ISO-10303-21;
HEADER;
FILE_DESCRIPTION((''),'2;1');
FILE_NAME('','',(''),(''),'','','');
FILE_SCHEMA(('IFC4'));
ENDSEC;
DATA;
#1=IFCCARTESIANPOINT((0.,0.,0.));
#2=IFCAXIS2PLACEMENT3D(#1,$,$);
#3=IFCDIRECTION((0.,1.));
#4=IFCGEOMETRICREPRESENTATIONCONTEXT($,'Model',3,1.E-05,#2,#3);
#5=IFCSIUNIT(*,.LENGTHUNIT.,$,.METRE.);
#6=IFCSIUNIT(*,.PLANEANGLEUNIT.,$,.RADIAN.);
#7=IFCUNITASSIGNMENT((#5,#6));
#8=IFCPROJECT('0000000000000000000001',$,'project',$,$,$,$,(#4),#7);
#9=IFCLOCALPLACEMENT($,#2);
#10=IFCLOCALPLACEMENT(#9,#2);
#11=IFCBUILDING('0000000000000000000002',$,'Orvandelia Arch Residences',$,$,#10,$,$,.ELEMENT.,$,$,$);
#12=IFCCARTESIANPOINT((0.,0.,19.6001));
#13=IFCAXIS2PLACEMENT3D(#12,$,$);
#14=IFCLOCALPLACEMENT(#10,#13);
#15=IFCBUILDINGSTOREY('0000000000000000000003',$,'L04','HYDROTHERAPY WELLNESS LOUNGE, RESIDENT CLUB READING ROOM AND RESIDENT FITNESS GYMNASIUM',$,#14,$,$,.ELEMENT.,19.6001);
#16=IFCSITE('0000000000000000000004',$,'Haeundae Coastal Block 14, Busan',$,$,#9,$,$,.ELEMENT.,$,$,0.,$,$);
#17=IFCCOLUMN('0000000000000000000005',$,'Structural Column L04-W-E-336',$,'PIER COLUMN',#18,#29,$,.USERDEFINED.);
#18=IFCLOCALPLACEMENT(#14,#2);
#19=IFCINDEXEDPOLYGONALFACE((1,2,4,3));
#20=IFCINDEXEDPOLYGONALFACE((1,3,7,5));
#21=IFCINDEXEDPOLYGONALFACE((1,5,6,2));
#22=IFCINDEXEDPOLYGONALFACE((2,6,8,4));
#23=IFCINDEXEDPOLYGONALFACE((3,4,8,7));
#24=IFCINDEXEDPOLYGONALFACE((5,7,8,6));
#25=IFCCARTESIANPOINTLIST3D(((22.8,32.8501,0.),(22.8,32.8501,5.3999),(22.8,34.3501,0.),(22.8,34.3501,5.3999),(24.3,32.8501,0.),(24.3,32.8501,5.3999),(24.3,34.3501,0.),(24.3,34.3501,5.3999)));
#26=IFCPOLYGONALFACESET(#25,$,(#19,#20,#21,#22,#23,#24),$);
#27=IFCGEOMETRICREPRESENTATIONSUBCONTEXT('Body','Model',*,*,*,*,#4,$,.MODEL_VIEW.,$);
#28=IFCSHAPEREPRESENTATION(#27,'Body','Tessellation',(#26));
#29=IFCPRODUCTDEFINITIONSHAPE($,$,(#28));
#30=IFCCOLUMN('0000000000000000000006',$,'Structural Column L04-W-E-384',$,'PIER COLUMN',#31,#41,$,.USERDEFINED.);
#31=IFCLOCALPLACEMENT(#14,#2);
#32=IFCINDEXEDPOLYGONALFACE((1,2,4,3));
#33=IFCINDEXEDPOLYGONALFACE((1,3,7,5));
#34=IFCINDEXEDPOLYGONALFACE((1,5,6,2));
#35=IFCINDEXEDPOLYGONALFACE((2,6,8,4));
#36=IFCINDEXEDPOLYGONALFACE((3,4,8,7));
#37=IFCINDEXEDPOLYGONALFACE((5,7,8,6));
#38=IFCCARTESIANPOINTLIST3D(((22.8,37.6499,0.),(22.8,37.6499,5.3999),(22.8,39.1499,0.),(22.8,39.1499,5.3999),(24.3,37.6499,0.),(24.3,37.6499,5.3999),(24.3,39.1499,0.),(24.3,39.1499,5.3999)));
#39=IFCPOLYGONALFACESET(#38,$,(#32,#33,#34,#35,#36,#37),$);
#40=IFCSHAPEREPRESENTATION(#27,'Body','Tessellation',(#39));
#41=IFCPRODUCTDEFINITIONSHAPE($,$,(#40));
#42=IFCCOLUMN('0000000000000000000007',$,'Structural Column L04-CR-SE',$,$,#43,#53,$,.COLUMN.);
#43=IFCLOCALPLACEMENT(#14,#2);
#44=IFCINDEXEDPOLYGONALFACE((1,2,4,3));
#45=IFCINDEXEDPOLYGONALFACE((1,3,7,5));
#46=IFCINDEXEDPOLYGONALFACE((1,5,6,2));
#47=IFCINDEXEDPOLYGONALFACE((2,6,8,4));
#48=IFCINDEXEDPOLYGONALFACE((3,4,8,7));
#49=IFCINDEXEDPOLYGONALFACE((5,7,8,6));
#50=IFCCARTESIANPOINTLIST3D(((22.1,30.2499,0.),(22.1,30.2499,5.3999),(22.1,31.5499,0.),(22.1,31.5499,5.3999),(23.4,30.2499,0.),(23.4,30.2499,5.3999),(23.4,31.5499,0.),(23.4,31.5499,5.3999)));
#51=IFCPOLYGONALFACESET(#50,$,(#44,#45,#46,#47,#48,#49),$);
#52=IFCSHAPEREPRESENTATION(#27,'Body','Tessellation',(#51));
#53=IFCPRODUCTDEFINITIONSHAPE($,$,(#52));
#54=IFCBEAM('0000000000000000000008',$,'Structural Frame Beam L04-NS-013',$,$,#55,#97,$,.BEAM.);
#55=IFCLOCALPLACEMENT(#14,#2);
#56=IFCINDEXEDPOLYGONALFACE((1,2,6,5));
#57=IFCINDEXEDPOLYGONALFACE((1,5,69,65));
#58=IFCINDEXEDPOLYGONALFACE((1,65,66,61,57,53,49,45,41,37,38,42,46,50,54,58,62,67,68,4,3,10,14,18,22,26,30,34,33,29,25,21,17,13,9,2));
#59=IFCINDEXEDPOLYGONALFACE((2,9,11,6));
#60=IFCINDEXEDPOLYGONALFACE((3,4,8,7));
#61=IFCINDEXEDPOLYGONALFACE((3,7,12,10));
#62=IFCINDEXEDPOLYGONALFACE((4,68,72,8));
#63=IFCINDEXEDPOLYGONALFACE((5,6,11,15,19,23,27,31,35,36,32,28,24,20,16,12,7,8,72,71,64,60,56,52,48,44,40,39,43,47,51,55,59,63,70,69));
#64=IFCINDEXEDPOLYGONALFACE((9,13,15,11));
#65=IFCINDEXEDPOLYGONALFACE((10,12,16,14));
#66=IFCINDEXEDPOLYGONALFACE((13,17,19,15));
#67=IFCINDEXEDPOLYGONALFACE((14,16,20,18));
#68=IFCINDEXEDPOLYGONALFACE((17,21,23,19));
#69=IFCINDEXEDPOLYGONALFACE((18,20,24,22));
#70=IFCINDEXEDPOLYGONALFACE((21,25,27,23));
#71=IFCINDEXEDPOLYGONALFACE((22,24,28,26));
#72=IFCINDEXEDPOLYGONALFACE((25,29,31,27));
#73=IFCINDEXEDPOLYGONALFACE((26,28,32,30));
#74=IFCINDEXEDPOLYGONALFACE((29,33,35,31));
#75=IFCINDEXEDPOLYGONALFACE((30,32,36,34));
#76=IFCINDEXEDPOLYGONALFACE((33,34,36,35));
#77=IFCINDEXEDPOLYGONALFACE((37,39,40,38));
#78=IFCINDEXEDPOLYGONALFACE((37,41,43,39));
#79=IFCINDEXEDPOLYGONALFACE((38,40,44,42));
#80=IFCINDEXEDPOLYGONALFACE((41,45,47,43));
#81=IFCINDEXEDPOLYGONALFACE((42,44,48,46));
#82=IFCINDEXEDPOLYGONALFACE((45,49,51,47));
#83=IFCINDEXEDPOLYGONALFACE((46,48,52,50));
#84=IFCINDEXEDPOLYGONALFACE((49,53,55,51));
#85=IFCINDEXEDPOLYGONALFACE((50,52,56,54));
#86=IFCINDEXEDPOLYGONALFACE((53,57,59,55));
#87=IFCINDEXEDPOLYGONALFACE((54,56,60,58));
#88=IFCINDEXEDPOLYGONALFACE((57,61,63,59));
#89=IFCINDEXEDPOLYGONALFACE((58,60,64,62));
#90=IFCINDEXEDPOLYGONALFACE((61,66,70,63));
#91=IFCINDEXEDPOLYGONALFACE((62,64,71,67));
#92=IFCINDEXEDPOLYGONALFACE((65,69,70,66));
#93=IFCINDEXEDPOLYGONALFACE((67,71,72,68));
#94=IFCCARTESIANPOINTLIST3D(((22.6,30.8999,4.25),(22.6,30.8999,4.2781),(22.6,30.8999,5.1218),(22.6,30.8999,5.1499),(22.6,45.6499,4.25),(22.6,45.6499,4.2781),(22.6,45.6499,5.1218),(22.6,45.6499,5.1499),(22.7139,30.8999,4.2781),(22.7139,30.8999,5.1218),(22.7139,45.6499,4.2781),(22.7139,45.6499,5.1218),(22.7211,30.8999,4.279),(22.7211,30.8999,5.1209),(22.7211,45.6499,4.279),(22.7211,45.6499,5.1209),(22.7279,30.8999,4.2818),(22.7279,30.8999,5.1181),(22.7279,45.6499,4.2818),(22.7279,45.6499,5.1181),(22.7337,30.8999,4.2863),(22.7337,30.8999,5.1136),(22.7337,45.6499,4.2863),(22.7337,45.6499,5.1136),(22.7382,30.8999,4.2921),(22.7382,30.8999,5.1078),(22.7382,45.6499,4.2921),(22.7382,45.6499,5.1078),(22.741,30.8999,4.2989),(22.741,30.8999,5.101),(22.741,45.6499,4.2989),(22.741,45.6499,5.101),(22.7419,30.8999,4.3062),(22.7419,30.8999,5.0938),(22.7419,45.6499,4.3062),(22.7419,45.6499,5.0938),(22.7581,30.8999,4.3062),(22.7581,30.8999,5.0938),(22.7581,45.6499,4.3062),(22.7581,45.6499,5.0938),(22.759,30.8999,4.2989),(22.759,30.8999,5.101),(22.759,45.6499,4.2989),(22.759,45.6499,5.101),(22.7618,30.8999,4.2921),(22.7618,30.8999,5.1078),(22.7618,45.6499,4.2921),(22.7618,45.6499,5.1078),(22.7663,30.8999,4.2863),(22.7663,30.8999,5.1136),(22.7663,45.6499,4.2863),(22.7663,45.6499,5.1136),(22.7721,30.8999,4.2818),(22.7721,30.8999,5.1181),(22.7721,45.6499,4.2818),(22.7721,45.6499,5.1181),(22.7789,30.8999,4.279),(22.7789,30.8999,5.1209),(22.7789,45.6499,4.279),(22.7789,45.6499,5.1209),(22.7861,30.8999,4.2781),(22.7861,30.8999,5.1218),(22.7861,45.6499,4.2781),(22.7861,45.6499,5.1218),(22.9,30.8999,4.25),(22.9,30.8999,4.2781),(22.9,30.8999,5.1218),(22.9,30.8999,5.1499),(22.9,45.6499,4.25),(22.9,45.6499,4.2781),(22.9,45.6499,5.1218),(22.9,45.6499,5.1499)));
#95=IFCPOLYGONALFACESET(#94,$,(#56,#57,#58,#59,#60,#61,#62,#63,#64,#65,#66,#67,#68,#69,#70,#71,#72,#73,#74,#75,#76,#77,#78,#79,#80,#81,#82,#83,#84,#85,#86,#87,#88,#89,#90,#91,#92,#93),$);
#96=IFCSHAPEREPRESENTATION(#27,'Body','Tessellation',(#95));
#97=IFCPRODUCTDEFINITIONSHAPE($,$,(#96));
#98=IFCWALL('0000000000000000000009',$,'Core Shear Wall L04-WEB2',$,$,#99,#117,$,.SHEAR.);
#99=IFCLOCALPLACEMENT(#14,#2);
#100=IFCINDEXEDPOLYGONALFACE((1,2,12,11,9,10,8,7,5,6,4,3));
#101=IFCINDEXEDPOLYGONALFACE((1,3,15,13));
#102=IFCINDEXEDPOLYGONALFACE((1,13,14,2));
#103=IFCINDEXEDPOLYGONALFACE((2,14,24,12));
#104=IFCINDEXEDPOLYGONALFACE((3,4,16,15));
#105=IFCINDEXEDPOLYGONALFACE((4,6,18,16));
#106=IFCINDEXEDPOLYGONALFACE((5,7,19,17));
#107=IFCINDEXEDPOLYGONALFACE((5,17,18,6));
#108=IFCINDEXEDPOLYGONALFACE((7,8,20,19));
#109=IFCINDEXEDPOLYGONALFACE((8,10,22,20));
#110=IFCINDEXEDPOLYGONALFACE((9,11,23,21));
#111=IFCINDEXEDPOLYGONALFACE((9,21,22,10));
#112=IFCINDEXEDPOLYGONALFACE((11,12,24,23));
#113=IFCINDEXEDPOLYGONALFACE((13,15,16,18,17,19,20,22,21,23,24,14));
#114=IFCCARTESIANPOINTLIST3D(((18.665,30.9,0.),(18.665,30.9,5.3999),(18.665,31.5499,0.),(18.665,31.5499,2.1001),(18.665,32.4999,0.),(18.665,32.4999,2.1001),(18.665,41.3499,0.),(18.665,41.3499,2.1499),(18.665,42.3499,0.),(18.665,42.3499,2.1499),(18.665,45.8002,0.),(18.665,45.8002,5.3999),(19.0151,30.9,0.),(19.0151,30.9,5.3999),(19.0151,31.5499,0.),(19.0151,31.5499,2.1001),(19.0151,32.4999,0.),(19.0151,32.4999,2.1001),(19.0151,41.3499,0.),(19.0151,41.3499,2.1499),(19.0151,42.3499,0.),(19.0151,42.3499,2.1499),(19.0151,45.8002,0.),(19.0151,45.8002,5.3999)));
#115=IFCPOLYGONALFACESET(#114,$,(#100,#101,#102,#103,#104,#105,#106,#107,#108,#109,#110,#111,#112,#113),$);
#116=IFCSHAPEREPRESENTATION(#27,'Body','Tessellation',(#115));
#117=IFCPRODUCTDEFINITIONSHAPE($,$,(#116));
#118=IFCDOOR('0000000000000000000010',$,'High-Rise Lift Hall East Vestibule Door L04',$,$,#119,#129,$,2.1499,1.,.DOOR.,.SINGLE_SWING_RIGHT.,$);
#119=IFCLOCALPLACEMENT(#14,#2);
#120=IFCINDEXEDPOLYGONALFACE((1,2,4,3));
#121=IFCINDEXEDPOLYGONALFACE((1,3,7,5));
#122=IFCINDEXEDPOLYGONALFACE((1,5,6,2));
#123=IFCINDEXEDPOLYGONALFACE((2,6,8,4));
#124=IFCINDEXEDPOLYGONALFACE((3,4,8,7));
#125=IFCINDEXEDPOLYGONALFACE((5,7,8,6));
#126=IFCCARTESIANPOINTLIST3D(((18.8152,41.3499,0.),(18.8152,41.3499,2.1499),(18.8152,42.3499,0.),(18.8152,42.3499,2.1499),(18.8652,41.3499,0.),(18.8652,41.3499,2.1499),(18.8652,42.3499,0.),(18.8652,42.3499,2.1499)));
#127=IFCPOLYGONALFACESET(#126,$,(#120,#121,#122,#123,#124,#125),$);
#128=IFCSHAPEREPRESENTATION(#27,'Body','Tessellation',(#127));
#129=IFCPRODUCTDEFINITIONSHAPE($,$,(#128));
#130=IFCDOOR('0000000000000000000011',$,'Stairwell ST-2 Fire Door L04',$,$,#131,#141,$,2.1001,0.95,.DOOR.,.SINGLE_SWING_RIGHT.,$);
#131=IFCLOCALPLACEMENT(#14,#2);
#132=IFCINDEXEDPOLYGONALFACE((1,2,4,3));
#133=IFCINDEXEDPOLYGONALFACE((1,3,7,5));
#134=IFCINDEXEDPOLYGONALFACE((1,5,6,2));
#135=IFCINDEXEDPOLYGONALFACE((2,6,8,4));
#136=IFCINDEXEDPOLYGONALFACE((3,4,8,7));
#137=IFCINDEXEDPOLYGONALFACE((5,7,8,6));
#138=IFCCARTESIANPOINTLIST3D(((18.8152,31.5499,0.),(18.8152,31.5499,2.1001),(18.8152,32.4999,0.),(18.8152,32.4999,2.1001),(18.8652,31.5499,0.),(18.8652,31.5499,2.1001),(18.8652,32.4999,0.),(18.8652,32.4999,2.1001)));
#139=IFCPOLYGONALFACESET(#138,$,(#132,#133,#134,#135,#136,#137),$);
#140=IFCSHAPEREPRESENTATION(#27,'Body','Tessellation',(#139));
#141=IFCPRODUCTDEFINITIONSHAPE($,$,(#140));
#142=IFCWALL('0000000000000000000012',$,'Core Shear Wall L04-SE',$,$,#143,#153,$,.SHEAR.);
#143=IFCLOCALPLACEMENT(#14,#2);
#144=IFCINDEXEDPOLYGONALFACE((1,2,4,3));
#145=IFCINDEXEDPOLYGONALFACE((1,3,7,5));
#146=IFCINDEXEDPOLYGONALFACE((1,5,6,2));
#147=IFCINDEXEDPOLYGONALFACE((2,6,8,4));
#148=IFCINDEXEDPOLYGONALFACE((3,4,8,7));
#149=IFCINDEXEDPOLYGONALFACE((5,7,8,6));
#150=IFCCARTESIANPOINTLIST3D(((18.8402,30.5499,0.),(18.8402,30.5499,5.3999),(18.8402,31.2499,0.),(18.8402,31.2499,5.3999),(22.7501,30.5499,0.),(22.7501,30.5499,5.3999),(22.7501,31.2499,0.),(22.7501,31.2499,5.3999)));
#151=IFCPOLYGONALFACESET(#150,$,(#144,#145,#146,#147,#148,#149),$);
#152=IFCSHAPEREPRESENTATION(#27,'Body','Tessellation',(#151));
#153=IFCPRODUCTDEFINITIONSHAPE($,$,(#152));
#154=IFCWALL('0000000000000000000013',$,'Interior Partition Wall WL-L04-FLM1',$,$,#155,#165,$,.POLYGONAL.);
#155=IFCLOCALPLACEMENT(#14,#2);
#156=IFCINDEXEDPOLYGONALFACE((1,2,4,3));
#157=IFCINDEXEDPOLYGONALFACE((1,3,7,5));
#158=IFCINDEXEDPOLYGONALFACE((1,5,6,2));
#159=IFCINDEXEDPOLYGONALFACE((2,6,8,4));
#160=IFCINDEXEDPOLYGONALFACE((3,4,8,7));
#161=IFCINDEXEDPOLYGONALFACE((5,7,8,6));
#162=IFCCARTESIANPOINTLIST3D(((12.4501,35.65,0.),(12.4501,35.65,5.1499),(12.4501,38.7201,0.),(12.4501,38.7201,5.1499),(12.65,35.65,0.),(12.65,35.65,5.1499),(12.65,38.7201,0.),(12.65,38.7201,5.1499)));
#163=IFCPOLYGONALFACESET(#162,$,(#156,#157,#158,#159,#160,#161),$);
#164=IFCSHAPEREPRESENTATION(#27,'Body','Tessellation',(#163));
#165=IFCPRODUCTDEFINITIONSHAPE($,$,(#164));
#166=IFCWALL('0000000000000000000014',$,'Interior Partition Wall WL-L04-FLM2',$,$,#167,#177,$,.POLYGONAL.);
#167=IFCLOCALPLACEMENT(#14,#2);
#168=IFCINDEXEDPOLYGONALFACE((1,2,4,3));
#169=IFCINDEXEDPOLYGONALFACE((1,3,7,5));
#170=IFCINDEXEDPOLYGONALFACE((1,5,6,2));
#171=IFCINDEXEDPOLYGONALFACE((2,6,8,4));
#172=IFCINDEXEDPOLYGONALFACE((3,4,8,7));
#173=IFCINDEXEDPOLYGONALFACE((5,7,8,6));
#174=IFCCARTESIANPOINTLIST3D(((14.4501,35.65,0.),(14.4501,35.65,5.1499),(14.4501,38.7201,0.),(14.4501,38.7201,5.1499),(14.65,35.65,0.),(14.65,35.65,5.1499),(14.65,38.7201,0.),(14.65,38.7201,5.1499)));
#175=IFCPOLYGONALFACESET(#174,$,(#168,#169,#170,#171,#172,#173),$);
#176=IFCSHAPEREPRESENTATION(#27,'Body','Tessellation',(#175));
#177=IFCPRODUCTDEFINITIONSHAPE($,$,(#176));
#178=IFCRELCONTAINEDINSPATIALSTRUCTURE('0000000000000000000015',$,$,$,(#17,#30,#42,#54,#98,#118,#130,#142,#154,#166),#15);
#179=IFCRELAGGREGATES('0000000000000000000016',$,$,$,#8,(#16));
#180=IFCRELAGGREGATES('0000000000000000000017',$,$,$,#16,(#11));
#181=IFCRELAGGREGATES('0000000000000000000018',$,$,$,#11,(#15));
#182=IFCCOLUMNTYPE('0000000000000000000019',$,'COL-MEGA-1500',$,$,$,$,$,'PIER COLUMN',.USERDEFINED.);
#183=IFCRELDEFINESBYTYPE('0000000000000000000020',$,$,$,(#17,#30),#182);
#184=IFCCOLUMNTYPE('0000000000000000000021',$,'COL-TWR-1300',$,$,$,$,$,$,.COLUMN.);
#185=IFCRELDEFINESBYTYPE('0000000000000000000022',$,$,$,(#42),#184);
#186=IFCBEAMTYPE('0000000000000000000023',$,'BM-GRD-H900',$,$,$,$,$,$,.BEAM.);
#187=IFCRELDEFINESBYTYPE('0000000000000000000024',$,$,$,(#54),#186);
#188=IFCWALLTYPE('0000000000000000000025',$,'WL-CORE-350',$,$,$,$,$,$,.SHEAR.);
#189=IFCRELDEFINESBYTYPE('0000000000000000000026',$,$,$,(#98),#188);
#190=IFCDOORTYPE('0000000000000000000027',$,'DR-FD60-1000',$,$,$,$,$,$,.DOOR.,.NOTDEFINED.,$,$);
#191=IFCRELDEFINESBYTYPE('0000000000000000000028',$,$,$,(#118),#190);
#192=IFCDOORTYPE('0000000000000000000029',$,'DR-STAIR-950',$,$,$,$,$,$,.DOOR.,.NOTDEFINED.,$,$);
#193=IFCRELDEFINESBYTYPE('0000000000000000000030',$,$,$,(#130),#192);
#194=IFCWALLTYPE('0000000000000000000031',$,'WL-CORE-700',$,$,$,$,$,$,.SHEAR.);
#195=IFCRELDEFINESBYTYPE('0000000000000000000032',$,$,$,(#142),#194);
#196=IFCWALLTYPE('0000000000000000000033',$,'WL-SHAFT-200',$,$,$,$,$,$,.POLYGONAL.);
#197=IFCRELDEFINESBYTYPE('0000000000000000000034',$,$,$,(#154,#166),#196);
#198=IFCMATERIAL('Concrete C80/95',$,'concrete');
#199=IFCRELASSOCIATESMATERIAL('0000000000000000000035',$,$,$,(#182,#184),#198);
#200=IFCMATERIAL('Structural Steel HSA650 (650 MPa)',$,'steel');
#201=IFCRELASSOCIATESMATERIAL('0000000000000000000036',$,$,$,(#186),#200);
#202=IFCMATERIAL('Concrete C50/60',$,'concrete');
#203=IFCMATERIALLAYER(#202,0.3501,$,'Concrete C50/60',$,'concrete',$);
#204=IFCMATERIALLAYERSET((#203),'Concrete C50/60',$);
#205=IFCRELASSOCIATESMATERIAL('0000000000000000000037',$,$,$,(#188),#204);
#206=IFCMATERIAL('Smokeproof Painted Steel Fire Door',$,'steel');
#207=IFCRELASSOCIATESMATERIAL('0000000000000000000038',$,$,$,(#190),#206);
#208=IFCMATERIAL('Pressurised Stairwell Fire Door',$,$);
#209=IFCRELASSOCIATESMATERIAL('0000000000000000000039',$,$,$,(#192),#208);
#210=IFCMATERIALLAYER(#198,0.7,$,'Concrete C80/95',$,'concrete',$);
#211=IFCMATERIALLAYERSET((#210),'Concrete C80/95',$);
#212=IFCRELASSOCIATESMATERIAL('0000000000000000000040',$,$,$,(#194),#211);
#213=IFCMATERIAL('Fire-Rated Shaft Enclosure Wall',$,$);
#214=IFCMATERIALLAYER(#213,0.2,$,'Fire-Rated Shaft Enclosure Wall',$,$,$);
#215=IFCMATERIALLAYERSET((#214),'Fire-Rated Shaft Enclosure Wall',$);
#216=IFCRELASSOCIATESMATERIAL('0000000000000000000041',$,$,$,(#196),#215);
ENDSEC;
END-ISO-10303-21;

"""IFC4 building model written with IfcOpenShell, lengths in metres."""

from ifc_helpers import new_model, si_unit, direction, frame, frame_2d, origin, origin_2d, place, context, subcontext, project, spatial, rectangle, i_section, extrude, material, layer, layer_set, material_profile, profile_set, type_object, element, fill, save


model = new_model("IFC4")

# Units and contexts
model_context = context("Model", 3, precision=1e-05, world=origin(), true_north=direction((0.0, 1.0)))
body_context = subcontext(model_context, "Body", "Model", "MODEL_VIEW")
ifc_project = project(units=[si_unit("LENGTHUNIT", "METRE"), si_unit("PLANEANGLEUNIT", "RADIAN")], contexts=[model_context])

# Site, building, storey
site_placement = place(None, origin())
site = spatial("IfcSite", under=ifc_project, at=site_placement, Name="Haeundae Coastal Block 14, Busan", CompositionType="ELEMENT", RefElevation=0.0)
building_placement = place(site_placement, origin())
building = spatial("IfcBuilding", under=site, at=building_placement, Name="Orvandelia Arch Residences", CompositionType="ELEMENT")
storey_placement = place(building_placement, frame((0.0, 0.0, 19.6001)))
storey = spatial("IfcBuildingStorey", under=building, at=storey_placement, Name="L04", Description="HYDROTHERAPY WELLNESS LOUNGE, RESIDENT CLUB READING ROOM AND RESIDENT FITNESS GYMNASIUM", CompositionType="ELEMENT", Elevation=19.6001)

# Columns
ifc_material_1 = material(Name="Concrete C80/95", Category="concrete")
ifc_material_profile_1 = material_profile(ifc_material_1, rectangle(XDim=1.5, YDim=1.5, at=origin_2d()), Name="Concrete C80/95", Category="concrete")
ifc_profile_set_1 = profile_set([ifc_material_profile_1], Name="Concrete C80/95")
column_type_1 = type_object("IfcColumnType", Name="COL-MEGA-1500", ElementType="PIER COLUMN", PredefinedType="USERDEFINED", material=ifc_profile_set_1)
for number, where, z_axis, x_axis, name in (
    (1, (23.55, 33.6001, 0.0), (0.0, 0.0, 1.0), (1.0, 0.0, 0.0), "Structural Column L04-W-E-336"),
    (2, (23.55, 38.3999, 0.0), (0.0, 0.0, 1.0), (1.0, 0.0, 0.0), "Structural Column L04-W-E-384"),
):
    element("IfcColumn", number, at=place(storey_placement, frame(where, z_axis=z_axis, x_axis=x_axis)), inside=storey, type_object=column_type_1, Name=name, ObjectType="PIER COLUMN", PredefinedType="USERDEFINED", context=body_context, shape_type="SweptSolid", body=[
        extrude(rectangle(XDim=1.5, YDim=1.5, at=origin_2d()), origin(), (0.0, 0.0, 1.0), 5.3999),
    ])
ifc_material_profile_2 = material_profile(ifc_material_1, rectangle(XDim=1.3, YDim=1.3, at=origin_2d()), Name="Concrete C80/95", Category="concrete")
ifc_profile_set_2 = profile_set([ifc_material_profile_2], Name="Concrete C80/95")
column_type_2 = type_object("IfcColumnType", Name="COL-TWR-1300", PredefinedType="COLUMN", material=ifc_profile_set_2)
column_placement = place(storey_placement, frame((22.75, 30.8999, 0.0), z_axis=(0.0, 0.0, 1.0), x_axis=(1.0, 0.0, 0.0)))
element("IfcColumn", 3, at=column_placement, inside=storey, type_object=column_type_2, Name="Structural Column L04-CR-SE", PredefinedType="COLUMN", context=body_context, shape_type="SweptSolid", body=[
    extrude(rectangle(XDim=1.3, YDim=1.3, at=origin_2d()), origin(), (0.0, 0.0, 1.0), 5.3999),
])

# Beam
ifc_material_2 = material(Name="Structural Steel HSA650 (650 MPa)", Category="steel")
ifc_material_profile_3 = material_profile(ifc_material_2, i_section(OverallWidth=0.3, OverallDepth=0.8999, WebThickness=0.0161, FlangeThickness=0.0281, FilletRadius=0.0281, at=origin_2d()), Name="Structural Steel HSA650 (650 MPa)", Category="steel")
ifc_profile_set_3 = profile_set([ifc_material_profile_3], Name="Structural Steel HSA650 (650 MPa)")
beam_type = type_object("IfcBeamType", Name="BM-GRD-H900", PredefinedType="BEAM", material=ifc_profile_set_3)
beam_placement = place(storey_placement, frame((22.75, 30.8999, 4.7), z_axis=(0.0, 1.0, 0.0), x_axis=(-1.0, 0.0, 0.0)))
element("IfcBeam", 4, at=beam_placement, inside=storey, type_object=beam_type, Name="Structural Frame Beam L04-NS-013", PredefinedType="BEAM", context=body_context, shape_type="SweptSolid", body=[
    extrude(i_section(OverallWidth=0.3, OverallDepth=0.8999, WebThickness=0.0161, FlangeThickness=0.0281, FilletRadius=0.0281, at=origin_2d()), origin(), (0.0, 0.0, 1.0), 14.75),
])

# Wall, openings, doors
ifc_material_3 = material(Name="Concrete C50/60", Category="concrete")
ifc_layer_1 = layer(ifc_material_3, 0.3501, Name="Concrete C50/60", Category="concrete")
ifc_layer_set_1 = layer_set([ifc_layer_1], Name="Concrete C50/60")
wall_type_1 = type_object("IfcWallType", Name="WL-CORE-350", PredefinedType="SHEAR", material=ifc_layer_set_1)
wall_1_placement = place(storey_placement, frame((18.8401, 30.8999, 0.0), z_axis=(0.0, 0.0, 1.0), x_axis=(0.0, 1.0, 0.0)))
wall_1 = element("IfcWall", 5, at=wall_1_placement, inside=storey, type_object=wall_type_1, Name="Core Shear Wall L04-WEB2", PredefinedType="SHEAR", context=body_context, shape_type="SweptSolid", body=[
    extrude(rectangle(XDim=14.9001, YDim=0.3501, at=frame_2d((7.4502, 0.0))), origin(), (0.0, 0.0, 1.0), 5.3999),
])
opening_1_placement = place(wall_1_placement, frame((0.6499, 0.0, 0.0)))
opening_1 = element("IfcOpeningElement", 6, at=opening_1_placement, cuts=wall_1, PredefinedType="OPENING", context=body_context, shape_type="SweptSolid", body=[
    extrude(rectangle(XDim=0.95, YDim=2.1001, at=frame_2d((0.4751, 1.05))), frame((0.0, 0.1851, 0.0), z_axis=(0.0, -1.0, 0.0), x_axis=(1.0, 0.0, 0.0)), (0.0, 0.0, 1.0), 0.3701),
])
opening_2_placement = place(wall_1_placement, frame((10.45, 0.0, 0.0)))
opening_2 = element("IfcOpeningElement", 7, at=opening_2_placement, cuts=wall_1, PredefinedType="OPENING", context=body_context, shape_type="SweptSolid", body=[
    extrude(rectangle(XDim=1.0, YDim=2.1499, at=frame_2d((0.5, 1.075))), frame((0.0, 0.1851, 0.0), z_axis=(0.0, -1.0, 0.0), x_axis=(1.0, 0.0, 0.0)), (0.0, 0.0, 1.0), 0.3701),
])
ifc_material_4 = material(Name="Smokeproof Painted Steel Fire Door", Category="steel")
door_type_1 = type_object("IfcDoorType", Name="DR-FD60-1000", OperationType="NOTDEFINED", PredefinedType="DOOR", material=ifc_material_4)
door_1_placement = place(opening_2_placement, origin())
door_1 = element("IfcDoor", 8, at=door_1_placement, inside=storey, type_object=door_type_1, Name="High-Rise Lift Hall East Vestibule Door L04", OperationType="SINGLE_SWING_RIGHT", OverallHeight=2.1499, OverallWidth=1.0, PredefinedType="DOOR", context=body_context, shape_type="SweptSolid", body=[
    extrude(rectangle(XDim=1.0, YDim=2.1499, at=frame_2d((0.5, 1.075))), frame((0.0, 0.0249, 0.0), z_axis=(0.0, -1.0, 0.0), x_axis=(1.0, 0.0, 0.0)), (0.0, 0.0, 1.0), 0.05),
])
fill(opening_2, door_1)
ifc_material_5 = material(Name="Pressurised Stairwell Fire Door")
door_type_2 = type_object("IfcDoorType", Name="DR-STAIR-950", OperationType="NOTDEFINED", PredefinedType="DOOR", material=ifc_material_5)
door_2_placement = place(opening_1_placement, origin())
door_2 = element("IfcDoor", 9, at=door_2_placement, inside=storey, type_object=door_type_2, Name="Stairwell ST-2 Fire Door L04", OperationType="SINGLE_SWING_RIGHT", OverallHeight=2.1001, OverallWidth=0.95, PredefinedType="DOOR", context=body_context, shape_type="SweptSolid", body=[
    extrude(rectangle(XDim=0.95, YDim=2.1001, at=frame_2d((0.4751, 1.05))), frame((0.0, 0.0249, 0.0), z_axis=(0.0, -1.0, 0.0), x_axis=(1.0, 0.0, 0.0)), (0.0, 0.0, 1.0), 0.05),
])
fill(opening_1, door_2)

# Walls
ifc_layer_2 = layer(ifc_material_1, 0.7, Name="Concrete C80/95", Category="concrete")
ifc_layer_set_2 = layer_set([ifc_layer_2], Name="Concrete C80/95")
wall_type_2 = type_object("IfcWallType", Name="WL-CORE-700", PredefinedType="SHEAR", material=ifc_layer_set_2)
wall_2_placement = place(storey_placement, frame((18.8401, 30.8999, 0.0), z_axis=(0.0, 0.0, 1.0), x_axis=(1.0, 0.0, 0.0)))
element("IfcWall", 10, at=wall_2_placement, inside=storey, type_object=wall_type_2, Name="Core Shear Wall L04-SE", PredefinedType="SHEAR", context=body_context, shape_type="SweptSolid", body=[
    extrude(rectangle(XDim=3.9099, YDim=0.7, at=frame_2d((1.9551, 0.0))), origin(), (0.0, 0.0, 1.0), 5.3999),
])
ifc_material_6 = material(Name="Fire-Rated Shaft Enclosure Wall")
ifc_layer_3 = layer(ifc_material_6, 0.2, Name="Fire-Rated Shaft Enclosure Wall")
ifc_layer_set_3 = layer_set([ifc_layer_3], Name="Fire-Rated Shaft Enclosure Wall")
wall_type_3 = type_object("IfcWallType", Name="WL-SHAFT-200", PredefinedType="POLYGONAL", material=ifc_layer_set_3)
for number, where, z_axis, x_axis, name in (
    (11, (12.55, 35.6499, 0.0), (0.0, 0.0, 1.0), (0.0, 1.0, 0.0), "Interior Partition Wall WL-L04-FLM1"),
    (12, (14.55, 35.6499, 0.0), (0.0, 0.0, 1.0), (0.0, 1.0, 0.0), "Interior Partition Wall WL-L04-FLM2"),
):
    element("IfcWall", number, at=place(storey_placement, frame(where, z_axis=z_axis, x_axis=x_axis)), inside=storey, type_object=wall_type_3, Name=name, PredefinedType="POLYGONAL", context=body_context, shape_type="SweptSolid", body=[
        extrude(rectangle(XDim=3.0701, YDim=0.2, at=frame_2d((1.5352, 0.0))), origin(), (0.0, 0.0, 1.0), 5.1499),
    ])

save(model, "model.ifc")
